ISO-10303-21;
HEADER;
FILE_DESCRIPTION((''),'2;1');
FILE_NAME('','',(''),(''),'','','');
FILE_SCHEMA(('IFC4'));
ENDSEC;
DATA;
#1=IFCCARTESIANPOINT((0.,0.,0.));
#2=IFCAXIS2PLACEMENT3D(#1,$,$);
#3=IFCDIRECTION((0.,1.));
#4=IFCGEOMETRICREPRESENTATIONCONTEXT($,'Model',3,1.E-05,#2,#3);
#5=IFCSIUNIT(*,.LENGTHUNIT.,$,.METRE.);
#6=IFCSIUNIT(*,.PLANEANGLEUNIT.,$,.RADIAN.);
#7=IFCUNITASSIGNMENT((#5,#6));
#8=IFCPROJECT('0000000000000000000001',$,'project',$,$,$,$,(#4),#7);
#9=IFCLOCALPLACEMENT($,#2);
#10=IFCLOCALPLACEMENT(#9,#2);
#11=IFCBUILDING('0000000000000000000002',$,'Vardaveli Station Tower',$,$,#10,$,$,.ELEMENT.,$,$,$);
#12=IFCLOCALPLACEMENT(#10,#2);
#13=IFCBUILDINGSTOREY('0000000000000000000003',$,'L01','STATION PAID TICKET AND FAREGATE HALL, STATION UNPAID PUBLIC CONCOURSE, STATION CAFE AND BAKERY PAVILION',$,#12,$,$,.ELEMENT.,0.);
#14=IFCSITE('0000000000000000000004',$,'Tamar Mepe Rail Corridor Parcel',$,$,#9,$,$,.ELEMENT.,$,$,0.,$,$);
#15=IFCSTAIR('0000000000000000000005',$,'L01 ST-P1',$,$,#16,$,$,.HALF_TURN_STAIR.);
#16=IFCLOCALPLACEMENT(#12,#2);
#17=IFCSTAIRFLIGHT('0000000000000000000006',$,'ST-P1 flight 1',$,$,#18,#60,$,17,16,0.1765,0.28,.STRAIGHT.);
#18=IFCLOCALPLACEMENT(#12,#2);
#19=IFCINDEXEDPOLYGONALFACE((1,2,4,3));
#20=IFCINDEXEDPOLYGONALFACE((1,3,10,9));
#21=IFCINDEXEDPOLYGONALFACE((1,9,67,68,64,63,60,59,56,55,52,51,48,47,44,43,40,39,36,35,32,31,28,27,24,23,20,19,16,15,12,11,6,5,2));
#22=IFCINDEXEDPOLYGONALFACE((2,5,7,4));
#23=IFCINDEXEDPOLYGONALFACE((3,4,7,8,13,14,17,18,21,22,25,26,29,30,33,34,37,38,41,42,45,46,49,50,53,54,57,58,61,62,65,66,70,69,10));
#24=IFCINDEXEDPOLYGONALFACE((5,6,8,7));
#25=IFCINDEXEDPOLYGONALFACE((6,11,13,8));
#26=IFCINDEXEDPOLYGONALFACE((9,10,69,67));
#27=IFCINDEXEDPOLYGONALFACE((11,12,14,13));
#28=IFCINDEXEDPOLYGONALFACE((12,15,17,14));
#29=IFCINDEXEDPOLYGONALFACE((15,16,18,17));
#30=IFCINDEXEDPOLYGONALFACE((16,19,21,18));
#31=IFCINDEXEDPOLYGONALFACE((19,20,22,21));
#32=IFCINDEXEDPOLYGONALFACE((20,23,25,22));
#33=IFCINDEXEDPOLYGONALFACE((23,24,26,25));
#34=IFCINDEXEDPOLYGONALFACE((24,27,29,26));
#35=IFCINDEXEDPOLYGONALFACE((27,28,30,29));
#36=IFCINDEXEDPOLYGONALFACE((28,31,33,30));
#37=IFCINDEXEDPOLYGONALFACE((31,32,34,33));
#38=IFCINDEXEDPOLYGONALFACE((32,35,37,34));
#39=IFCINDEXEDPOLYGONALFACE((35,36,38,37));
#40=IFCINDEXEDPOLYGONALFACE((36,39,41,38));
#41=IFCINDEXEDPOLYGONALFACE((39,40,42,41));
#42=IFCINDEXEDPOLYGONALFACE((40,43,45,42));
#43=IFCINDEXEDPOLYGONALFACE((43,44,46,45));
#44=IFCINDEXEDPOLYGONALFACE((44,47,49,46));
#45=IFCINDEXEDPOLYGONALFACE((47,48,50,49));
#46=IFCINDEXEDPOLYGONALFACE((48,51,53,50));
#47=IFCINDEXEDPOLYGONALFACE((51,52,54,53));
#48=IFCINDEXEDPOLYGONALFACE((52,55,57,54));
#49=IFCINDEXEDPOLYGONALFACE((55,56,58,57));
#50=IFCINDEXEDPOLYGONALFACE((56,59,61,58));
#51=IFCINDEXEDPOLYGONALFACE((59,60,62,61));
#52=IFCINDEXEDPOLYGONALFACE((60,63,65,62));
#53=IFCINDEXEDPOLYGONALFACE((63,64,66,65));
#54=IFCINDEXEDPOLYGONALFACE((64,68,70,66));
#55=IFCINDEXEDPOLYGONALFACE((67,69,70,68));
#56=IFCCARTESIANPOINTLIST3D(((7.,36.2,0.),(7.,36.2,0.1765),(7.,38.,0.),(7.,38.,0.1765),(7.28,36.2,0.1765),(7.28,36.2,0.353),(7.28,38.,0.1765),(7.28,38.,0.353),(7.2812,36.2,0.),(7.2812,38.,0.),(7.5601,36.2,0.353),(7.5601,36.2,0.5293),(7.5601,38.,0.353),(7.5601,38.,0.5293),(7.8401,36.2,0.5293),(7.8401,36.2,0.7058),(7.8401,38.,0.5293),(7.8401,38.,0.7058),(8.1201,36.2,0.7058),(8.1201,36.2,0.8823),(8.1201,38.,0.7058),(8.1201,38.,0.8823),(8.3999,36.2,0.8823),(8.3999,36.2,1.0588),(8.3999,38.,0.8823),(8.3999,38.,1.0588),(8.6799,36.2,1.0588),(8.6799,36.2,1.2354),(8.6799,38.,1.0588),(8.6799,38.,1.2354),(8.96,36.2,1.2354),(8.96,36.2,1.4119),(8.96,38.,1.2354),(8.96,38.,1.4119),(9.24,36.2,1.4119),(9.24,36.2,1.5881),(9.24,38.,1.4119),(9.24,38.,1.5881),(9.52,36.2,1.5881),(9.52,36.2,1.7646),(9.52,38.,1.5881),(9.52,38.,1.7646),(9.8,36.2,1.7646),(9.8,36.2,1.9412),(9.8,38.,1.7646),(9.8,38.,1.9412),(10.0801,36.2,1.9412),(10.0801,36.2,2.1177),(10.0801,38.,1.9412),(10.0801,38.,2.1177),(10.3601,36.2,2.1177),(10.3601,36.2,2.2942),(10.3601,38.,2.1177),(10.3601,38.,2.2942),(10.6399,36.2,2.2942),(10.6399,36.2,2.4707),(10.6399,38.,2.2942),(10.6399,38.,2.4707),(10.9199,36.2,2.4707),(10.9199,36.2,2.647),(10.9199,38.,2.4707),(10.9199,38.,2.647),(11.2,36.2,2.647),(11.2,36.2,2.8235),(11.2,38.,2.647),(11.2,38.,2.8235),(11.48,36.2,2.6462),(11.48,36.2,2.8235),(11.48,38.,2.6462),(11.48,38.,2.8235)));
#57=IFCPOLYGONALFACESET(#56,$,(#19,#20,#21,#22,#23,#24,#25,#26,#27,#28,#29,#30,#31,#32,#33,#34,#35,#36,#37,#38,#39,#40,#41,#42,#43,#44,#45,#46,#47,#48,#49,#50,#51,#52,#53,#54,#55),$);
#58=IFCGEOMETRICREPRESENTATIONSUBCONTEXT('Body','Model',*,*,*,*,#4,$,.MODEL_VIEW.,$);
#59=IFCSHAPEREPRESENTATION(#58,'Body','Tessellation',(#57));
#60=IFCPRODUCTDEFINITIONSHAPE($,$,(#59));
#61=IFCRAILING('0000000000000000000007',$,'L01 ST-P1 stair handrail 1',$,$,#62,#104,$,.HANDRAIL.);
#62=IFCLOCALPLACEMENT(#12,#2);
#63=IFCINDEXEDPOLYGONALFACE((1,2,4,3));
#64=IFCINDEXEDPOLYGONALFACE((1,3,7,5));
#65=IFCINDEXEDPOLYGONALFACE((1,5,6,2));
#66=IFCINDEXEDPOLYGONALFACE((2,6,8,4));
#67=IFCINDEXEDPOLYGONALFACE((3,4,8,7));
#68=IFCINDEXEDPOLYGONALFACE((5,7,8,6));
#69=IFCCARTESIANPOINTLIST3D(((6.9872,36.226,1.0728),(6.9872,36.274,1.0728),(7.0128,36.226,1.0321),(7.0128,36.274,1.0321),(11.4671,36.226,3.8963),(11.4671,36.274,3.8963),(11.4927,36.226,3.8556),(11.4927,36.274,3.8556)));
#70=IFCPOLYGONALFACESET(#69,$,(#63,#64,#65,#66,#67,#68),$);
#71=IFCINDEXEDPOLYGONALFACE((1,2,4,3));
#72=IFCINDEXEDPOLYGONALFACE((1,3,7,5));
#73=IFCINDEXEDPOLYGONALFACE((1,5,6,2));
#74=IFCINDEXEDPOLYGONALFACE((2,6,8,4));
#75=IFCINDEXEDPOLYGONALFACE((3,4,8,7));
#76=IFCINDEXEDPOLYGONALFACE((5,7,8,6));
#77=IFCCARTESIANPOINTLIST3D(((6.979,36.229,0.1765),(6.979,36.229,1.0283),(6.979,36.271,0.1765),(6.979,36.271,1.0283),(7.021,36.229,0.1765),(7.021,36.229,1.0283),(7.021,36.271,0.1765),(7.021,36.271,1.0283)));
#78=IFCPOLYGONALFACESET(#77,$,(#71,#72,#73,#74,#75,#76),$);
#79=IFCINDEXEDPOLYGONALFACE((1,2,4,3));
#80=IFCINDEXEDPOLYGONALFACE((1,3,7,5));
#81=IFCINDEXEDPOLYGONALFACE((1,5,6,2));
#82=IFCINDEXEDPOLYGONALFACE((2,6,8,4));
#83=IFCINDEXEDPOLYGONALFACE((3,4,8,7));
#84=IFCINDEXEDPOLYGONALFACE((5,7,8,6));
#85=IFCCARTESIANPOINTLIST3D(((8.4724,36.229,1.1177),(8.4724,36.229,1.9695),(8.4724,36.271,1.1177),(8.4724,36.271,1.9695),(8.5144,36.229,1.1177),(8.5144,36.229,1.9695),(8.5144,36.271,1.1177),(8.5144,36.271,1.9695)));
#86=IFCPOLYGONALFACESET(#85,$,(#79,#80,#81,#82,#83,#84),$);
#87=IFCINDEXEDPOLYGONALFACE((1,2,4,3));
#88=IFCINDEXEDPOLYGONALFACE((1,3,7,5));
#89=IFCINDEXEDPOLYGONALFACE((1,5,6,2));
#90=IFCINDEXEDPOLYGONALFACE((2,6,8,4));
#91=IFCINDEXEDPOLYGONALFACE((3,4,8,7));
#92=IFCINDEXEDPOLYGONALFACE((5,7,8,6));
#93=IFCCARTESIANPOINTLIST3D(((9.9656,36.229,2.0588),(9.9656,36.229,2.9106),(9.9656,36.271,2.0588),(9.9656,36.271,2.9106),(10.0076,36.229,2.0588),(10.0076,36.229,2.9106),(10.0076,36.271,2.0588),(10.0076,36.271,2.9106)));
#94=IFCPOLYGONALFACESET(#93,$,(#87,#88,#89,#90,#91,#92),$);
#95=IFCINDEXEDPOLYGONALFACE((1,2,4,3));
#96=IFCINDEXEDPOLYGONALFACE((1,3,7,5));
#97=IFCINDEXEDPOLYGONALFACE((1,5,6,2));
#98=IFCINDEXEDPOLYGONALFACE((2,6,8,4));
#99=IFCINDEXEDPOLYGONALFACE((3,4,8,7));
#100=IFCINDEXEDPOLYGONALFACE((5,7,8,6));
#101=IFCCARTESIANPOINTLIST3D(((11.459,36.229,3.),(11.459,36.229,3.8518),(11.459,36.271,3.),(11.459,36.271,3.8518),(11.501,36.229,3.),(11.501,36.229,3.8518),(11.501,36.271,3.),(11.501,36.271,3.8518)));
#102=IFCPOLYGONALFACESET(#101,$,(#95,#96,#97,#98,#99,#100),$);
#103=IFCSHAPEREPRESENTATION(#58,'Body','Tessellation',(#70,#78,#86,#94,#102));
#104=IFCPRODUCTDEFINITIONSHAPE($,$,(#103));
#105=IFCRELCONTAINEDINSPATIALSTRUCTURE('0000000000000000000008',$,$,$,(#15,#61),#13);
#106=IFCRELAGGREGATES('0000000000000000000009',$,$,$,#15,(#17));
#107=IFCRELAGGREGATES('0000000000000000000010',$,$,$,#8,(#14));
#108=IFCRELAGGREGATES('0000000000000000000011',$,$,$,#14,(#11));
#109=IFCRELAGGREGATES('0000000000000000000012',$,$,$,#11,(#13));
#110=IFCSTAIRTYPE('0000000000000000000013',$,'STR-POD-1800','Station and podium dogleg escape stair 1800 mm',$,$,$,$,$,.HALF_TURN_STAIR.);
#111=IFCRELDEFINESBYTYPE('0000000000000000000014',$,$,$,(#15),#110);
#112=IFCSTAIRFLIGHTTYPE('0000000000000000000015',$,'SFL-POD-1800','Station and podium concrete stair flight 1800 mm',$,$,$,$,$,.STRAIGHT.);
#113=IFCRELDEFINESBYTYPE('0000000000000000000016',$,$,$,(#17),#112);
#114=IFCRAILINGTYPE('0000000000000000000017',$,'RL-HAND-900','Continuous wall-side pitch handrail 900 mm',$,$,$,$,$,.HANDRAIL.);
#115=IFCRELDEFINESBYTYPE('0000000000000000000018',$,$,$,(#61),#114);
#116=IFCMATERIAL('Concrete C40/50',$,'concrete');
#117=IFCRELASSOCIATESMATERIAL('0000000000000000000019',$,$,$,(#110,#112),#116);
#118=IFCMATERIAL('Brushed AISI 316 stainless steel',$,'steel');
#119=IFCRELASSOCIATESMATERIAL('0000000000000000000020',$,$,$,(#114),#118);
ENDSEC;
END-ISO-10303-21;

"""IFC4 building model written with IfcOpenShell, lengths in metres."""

from ifc_helpers import new_model, si_unit, direction, frame, origin, origin_2d, place, context, subcontext, project, spatial, polyline, rectangle, outline, extrude, source, transform, mapped, material, type_object, element, aggregate, save


model = new_model("IFC4")

# Units and contexts
model_context = context("Model", 3, precision=1e-05, world=origin(), true_north=direction((0.0, 1.0)))
body_context = subcontext(model_context, "Body", "Model", "MODEL_VIEW")
ifc_project = project(units=[si_unit("LENGTHUNIT", "METRE"), si_unit("PLANEANGLEUNIT", "RADIAN")], contexts=[model_context])

# Site, building, storey
site_placement = place(None, origin())
site = spatial("IfcSite", under=ifc_project, at=site_placement, Name="Tamar Mepe Rail Corridor Parcel", CompositionType="ELEMENT", RefElevation=0.0)
building_placement = place(site_placement, origin())
building = spatial("IfcBuilding", under=site, at=building_placement, Name="Vardaveli Station Tower", CompositionType="ELEMENT")
storey_placement = place(building_placement, origin())
storey = spatial("IfcBuildingStorey", under=building, at=storey_placement, Name="L01", Description="STATION PAID TICKET AND FAREGATE HALL, STATION UNPAID PUBLIC CONCOURSE, STATION CAFE AND BAKERY PAVILION", CompositionType="ELEMENT", Elevation=0.0)

# Shared definitions
ifc_material_1 = material(Name="Concrete C40/50", Category="concrete")

# Stair, stair flight
stair_type = type_object("IfcStairType", Name="STR-POD-1800", Description="Station and podium dogleg escape stair 1800 mm", PredefinedType="HALF_TURN_STAIR", material=ifc_material_1)
stair_placement = place(storey_placement, origin())
stair = element("IfcStair", 1, at=stair_placement, inside=storey, type_object=stair_type, Name="L01 ST-P1", PredefinedType="HALF_TURN_STAIR")
stair_flight_type = type_object("IfcStairFlightType", Name="SFL-POD-1800", Description="Station and podium concrete stair flight 1800 mm", PredefinedType="STRAIGHT", material=ifc_material_1)
shared_shape_1 = source(origin(), body_context, "Body", "SweptSolid", [
    extrude(outline(polyline([(0.0, 0.0), (0.0, 0.1765), (0.28, 0.1765), (0.28, 0.353), (0.5601, 0.353), (0.5601, 0.5293), (0.8401, 0.5293), (0.8401, 0.7058), (1.1201, 0.7058), (1.1201, 0.8823), (1.3999, 0.8823), (1.3999, 1.0588), (1.6799, 1.0588), (1.6799, 1.2354), (1.96, 1.2354), (1.96, 1.4119), (2.24, 1.4119), (2.24, 1.5881), (2.52, 1.5881), (2.52, 1.7646), (2.8, 1.7646), (2.8, 1.9412), (3.0801, 1.9412), (3.0801, 2.1177), (3.3601, 2.1177), (3.3601, 2.2942), (3.6399, 2.2942), (3.6399, 2.4707), (3.9199, 2.4707), (3.9199, 2.647), (4.2, 2.647), (4.2, 2.8235), (4.48, 2.8235), (4.48, 3.0), (4.48, 2.6462), (0.2812, 0.0), (0.0, 0.0)])), frame((0.0, 0.8999, 0.0), z_axis=(0.0, -1.0, 0.0), x_axis=(1.0, 0.0, 0.0)), (0.0, 0.0, 1.0), 1.8),
])
stair_flight_placement = place(storey_placement, frame((7.0, 37.1001, 0.0), z_axis=(0.0, 0.0, 1.0), x_axis=(1.0, 0.0, 0.0)))
stair_flight = element("IfcStairFlight", 2, at=stair_flight_placement, type_object=stair_flight_type, Name="ST-P1 flight 1", NumberOfRisers=17, NumberOfTreads=16, PredefinedType="STRAIGHT", RiserHeight=0.1765, TreadLength=0.28, context=body_context, shape_type="MappedRepresentation", body=[
    mapped(shared_shape_1, transform((0.0, 0.0, 0.0), scale=1.0)),
])
aggregate(stair, [stair_flight])

# Railing
ifc_material_2 = material(Name="Brushed AISI 316 stainless steel", Category="steel")
railing_type = type_object("IfcRailingType", Name="RL-HAND-900", Description="Continuous wall-side pitch handrail 900 mm", PredefinedType="HANDRAIL", material=ifc_material_2)
shared_shape_2 = source(origin(), body_context, "Body", "SweptSolid", [
    extrude(rectangle(XDim=0.0481, YDim=0.0481, at=origin_2d()), frame((0.0, 0.0, 0.876), z_axis=(0.845998, 0.0, 0.533186), x_axis=(0.0, 1.0, 0.0)), (0.0, 0.0, 1.0), 5.2954),
    extrude(rectangle(XDim=0.042, YDim=0.042, at=origin_2d()), origin(), (0.0, 0.0, 1.0), 0.8518),
    extrude(rectangle(XDim=0.042, YDim=0.042, at=origin_2d()), frame((1.4934, 0.0, 0.9412)), (0.0, 0.0, 1.0), 0.8518),
    extrude(rectangle(XDim=0.042, YDim=0.042, at=origin_2d()), frame((2.9866, 0.0, 1.8823)), (0.0, 0.0, 1.0), 0.8518),
    extrude(rectangle(XDim=0.042, YDim=0.042, at=origin_2d()), frame((4.48, 0.0, 2.8235)), (0.0, 0.0, 1.0), 0.8518),
])
railing_placement = place(storey_placement, frame((7.0, 36.25, 0.1765)))
element("IfcRailing", 3, at=railing_placement, inside=storey, type_object=railing_type, Name="L01 ST-P1 stair handrail 1", PredefinedType="HANDRAIL", context=body_context, shape_type="MappedRepresentation", body=[
    mapped(shared_shape_2, transform((0.0, 0.0, 0.0), scale=1.0)),
])

save(model, "model.ifc")
